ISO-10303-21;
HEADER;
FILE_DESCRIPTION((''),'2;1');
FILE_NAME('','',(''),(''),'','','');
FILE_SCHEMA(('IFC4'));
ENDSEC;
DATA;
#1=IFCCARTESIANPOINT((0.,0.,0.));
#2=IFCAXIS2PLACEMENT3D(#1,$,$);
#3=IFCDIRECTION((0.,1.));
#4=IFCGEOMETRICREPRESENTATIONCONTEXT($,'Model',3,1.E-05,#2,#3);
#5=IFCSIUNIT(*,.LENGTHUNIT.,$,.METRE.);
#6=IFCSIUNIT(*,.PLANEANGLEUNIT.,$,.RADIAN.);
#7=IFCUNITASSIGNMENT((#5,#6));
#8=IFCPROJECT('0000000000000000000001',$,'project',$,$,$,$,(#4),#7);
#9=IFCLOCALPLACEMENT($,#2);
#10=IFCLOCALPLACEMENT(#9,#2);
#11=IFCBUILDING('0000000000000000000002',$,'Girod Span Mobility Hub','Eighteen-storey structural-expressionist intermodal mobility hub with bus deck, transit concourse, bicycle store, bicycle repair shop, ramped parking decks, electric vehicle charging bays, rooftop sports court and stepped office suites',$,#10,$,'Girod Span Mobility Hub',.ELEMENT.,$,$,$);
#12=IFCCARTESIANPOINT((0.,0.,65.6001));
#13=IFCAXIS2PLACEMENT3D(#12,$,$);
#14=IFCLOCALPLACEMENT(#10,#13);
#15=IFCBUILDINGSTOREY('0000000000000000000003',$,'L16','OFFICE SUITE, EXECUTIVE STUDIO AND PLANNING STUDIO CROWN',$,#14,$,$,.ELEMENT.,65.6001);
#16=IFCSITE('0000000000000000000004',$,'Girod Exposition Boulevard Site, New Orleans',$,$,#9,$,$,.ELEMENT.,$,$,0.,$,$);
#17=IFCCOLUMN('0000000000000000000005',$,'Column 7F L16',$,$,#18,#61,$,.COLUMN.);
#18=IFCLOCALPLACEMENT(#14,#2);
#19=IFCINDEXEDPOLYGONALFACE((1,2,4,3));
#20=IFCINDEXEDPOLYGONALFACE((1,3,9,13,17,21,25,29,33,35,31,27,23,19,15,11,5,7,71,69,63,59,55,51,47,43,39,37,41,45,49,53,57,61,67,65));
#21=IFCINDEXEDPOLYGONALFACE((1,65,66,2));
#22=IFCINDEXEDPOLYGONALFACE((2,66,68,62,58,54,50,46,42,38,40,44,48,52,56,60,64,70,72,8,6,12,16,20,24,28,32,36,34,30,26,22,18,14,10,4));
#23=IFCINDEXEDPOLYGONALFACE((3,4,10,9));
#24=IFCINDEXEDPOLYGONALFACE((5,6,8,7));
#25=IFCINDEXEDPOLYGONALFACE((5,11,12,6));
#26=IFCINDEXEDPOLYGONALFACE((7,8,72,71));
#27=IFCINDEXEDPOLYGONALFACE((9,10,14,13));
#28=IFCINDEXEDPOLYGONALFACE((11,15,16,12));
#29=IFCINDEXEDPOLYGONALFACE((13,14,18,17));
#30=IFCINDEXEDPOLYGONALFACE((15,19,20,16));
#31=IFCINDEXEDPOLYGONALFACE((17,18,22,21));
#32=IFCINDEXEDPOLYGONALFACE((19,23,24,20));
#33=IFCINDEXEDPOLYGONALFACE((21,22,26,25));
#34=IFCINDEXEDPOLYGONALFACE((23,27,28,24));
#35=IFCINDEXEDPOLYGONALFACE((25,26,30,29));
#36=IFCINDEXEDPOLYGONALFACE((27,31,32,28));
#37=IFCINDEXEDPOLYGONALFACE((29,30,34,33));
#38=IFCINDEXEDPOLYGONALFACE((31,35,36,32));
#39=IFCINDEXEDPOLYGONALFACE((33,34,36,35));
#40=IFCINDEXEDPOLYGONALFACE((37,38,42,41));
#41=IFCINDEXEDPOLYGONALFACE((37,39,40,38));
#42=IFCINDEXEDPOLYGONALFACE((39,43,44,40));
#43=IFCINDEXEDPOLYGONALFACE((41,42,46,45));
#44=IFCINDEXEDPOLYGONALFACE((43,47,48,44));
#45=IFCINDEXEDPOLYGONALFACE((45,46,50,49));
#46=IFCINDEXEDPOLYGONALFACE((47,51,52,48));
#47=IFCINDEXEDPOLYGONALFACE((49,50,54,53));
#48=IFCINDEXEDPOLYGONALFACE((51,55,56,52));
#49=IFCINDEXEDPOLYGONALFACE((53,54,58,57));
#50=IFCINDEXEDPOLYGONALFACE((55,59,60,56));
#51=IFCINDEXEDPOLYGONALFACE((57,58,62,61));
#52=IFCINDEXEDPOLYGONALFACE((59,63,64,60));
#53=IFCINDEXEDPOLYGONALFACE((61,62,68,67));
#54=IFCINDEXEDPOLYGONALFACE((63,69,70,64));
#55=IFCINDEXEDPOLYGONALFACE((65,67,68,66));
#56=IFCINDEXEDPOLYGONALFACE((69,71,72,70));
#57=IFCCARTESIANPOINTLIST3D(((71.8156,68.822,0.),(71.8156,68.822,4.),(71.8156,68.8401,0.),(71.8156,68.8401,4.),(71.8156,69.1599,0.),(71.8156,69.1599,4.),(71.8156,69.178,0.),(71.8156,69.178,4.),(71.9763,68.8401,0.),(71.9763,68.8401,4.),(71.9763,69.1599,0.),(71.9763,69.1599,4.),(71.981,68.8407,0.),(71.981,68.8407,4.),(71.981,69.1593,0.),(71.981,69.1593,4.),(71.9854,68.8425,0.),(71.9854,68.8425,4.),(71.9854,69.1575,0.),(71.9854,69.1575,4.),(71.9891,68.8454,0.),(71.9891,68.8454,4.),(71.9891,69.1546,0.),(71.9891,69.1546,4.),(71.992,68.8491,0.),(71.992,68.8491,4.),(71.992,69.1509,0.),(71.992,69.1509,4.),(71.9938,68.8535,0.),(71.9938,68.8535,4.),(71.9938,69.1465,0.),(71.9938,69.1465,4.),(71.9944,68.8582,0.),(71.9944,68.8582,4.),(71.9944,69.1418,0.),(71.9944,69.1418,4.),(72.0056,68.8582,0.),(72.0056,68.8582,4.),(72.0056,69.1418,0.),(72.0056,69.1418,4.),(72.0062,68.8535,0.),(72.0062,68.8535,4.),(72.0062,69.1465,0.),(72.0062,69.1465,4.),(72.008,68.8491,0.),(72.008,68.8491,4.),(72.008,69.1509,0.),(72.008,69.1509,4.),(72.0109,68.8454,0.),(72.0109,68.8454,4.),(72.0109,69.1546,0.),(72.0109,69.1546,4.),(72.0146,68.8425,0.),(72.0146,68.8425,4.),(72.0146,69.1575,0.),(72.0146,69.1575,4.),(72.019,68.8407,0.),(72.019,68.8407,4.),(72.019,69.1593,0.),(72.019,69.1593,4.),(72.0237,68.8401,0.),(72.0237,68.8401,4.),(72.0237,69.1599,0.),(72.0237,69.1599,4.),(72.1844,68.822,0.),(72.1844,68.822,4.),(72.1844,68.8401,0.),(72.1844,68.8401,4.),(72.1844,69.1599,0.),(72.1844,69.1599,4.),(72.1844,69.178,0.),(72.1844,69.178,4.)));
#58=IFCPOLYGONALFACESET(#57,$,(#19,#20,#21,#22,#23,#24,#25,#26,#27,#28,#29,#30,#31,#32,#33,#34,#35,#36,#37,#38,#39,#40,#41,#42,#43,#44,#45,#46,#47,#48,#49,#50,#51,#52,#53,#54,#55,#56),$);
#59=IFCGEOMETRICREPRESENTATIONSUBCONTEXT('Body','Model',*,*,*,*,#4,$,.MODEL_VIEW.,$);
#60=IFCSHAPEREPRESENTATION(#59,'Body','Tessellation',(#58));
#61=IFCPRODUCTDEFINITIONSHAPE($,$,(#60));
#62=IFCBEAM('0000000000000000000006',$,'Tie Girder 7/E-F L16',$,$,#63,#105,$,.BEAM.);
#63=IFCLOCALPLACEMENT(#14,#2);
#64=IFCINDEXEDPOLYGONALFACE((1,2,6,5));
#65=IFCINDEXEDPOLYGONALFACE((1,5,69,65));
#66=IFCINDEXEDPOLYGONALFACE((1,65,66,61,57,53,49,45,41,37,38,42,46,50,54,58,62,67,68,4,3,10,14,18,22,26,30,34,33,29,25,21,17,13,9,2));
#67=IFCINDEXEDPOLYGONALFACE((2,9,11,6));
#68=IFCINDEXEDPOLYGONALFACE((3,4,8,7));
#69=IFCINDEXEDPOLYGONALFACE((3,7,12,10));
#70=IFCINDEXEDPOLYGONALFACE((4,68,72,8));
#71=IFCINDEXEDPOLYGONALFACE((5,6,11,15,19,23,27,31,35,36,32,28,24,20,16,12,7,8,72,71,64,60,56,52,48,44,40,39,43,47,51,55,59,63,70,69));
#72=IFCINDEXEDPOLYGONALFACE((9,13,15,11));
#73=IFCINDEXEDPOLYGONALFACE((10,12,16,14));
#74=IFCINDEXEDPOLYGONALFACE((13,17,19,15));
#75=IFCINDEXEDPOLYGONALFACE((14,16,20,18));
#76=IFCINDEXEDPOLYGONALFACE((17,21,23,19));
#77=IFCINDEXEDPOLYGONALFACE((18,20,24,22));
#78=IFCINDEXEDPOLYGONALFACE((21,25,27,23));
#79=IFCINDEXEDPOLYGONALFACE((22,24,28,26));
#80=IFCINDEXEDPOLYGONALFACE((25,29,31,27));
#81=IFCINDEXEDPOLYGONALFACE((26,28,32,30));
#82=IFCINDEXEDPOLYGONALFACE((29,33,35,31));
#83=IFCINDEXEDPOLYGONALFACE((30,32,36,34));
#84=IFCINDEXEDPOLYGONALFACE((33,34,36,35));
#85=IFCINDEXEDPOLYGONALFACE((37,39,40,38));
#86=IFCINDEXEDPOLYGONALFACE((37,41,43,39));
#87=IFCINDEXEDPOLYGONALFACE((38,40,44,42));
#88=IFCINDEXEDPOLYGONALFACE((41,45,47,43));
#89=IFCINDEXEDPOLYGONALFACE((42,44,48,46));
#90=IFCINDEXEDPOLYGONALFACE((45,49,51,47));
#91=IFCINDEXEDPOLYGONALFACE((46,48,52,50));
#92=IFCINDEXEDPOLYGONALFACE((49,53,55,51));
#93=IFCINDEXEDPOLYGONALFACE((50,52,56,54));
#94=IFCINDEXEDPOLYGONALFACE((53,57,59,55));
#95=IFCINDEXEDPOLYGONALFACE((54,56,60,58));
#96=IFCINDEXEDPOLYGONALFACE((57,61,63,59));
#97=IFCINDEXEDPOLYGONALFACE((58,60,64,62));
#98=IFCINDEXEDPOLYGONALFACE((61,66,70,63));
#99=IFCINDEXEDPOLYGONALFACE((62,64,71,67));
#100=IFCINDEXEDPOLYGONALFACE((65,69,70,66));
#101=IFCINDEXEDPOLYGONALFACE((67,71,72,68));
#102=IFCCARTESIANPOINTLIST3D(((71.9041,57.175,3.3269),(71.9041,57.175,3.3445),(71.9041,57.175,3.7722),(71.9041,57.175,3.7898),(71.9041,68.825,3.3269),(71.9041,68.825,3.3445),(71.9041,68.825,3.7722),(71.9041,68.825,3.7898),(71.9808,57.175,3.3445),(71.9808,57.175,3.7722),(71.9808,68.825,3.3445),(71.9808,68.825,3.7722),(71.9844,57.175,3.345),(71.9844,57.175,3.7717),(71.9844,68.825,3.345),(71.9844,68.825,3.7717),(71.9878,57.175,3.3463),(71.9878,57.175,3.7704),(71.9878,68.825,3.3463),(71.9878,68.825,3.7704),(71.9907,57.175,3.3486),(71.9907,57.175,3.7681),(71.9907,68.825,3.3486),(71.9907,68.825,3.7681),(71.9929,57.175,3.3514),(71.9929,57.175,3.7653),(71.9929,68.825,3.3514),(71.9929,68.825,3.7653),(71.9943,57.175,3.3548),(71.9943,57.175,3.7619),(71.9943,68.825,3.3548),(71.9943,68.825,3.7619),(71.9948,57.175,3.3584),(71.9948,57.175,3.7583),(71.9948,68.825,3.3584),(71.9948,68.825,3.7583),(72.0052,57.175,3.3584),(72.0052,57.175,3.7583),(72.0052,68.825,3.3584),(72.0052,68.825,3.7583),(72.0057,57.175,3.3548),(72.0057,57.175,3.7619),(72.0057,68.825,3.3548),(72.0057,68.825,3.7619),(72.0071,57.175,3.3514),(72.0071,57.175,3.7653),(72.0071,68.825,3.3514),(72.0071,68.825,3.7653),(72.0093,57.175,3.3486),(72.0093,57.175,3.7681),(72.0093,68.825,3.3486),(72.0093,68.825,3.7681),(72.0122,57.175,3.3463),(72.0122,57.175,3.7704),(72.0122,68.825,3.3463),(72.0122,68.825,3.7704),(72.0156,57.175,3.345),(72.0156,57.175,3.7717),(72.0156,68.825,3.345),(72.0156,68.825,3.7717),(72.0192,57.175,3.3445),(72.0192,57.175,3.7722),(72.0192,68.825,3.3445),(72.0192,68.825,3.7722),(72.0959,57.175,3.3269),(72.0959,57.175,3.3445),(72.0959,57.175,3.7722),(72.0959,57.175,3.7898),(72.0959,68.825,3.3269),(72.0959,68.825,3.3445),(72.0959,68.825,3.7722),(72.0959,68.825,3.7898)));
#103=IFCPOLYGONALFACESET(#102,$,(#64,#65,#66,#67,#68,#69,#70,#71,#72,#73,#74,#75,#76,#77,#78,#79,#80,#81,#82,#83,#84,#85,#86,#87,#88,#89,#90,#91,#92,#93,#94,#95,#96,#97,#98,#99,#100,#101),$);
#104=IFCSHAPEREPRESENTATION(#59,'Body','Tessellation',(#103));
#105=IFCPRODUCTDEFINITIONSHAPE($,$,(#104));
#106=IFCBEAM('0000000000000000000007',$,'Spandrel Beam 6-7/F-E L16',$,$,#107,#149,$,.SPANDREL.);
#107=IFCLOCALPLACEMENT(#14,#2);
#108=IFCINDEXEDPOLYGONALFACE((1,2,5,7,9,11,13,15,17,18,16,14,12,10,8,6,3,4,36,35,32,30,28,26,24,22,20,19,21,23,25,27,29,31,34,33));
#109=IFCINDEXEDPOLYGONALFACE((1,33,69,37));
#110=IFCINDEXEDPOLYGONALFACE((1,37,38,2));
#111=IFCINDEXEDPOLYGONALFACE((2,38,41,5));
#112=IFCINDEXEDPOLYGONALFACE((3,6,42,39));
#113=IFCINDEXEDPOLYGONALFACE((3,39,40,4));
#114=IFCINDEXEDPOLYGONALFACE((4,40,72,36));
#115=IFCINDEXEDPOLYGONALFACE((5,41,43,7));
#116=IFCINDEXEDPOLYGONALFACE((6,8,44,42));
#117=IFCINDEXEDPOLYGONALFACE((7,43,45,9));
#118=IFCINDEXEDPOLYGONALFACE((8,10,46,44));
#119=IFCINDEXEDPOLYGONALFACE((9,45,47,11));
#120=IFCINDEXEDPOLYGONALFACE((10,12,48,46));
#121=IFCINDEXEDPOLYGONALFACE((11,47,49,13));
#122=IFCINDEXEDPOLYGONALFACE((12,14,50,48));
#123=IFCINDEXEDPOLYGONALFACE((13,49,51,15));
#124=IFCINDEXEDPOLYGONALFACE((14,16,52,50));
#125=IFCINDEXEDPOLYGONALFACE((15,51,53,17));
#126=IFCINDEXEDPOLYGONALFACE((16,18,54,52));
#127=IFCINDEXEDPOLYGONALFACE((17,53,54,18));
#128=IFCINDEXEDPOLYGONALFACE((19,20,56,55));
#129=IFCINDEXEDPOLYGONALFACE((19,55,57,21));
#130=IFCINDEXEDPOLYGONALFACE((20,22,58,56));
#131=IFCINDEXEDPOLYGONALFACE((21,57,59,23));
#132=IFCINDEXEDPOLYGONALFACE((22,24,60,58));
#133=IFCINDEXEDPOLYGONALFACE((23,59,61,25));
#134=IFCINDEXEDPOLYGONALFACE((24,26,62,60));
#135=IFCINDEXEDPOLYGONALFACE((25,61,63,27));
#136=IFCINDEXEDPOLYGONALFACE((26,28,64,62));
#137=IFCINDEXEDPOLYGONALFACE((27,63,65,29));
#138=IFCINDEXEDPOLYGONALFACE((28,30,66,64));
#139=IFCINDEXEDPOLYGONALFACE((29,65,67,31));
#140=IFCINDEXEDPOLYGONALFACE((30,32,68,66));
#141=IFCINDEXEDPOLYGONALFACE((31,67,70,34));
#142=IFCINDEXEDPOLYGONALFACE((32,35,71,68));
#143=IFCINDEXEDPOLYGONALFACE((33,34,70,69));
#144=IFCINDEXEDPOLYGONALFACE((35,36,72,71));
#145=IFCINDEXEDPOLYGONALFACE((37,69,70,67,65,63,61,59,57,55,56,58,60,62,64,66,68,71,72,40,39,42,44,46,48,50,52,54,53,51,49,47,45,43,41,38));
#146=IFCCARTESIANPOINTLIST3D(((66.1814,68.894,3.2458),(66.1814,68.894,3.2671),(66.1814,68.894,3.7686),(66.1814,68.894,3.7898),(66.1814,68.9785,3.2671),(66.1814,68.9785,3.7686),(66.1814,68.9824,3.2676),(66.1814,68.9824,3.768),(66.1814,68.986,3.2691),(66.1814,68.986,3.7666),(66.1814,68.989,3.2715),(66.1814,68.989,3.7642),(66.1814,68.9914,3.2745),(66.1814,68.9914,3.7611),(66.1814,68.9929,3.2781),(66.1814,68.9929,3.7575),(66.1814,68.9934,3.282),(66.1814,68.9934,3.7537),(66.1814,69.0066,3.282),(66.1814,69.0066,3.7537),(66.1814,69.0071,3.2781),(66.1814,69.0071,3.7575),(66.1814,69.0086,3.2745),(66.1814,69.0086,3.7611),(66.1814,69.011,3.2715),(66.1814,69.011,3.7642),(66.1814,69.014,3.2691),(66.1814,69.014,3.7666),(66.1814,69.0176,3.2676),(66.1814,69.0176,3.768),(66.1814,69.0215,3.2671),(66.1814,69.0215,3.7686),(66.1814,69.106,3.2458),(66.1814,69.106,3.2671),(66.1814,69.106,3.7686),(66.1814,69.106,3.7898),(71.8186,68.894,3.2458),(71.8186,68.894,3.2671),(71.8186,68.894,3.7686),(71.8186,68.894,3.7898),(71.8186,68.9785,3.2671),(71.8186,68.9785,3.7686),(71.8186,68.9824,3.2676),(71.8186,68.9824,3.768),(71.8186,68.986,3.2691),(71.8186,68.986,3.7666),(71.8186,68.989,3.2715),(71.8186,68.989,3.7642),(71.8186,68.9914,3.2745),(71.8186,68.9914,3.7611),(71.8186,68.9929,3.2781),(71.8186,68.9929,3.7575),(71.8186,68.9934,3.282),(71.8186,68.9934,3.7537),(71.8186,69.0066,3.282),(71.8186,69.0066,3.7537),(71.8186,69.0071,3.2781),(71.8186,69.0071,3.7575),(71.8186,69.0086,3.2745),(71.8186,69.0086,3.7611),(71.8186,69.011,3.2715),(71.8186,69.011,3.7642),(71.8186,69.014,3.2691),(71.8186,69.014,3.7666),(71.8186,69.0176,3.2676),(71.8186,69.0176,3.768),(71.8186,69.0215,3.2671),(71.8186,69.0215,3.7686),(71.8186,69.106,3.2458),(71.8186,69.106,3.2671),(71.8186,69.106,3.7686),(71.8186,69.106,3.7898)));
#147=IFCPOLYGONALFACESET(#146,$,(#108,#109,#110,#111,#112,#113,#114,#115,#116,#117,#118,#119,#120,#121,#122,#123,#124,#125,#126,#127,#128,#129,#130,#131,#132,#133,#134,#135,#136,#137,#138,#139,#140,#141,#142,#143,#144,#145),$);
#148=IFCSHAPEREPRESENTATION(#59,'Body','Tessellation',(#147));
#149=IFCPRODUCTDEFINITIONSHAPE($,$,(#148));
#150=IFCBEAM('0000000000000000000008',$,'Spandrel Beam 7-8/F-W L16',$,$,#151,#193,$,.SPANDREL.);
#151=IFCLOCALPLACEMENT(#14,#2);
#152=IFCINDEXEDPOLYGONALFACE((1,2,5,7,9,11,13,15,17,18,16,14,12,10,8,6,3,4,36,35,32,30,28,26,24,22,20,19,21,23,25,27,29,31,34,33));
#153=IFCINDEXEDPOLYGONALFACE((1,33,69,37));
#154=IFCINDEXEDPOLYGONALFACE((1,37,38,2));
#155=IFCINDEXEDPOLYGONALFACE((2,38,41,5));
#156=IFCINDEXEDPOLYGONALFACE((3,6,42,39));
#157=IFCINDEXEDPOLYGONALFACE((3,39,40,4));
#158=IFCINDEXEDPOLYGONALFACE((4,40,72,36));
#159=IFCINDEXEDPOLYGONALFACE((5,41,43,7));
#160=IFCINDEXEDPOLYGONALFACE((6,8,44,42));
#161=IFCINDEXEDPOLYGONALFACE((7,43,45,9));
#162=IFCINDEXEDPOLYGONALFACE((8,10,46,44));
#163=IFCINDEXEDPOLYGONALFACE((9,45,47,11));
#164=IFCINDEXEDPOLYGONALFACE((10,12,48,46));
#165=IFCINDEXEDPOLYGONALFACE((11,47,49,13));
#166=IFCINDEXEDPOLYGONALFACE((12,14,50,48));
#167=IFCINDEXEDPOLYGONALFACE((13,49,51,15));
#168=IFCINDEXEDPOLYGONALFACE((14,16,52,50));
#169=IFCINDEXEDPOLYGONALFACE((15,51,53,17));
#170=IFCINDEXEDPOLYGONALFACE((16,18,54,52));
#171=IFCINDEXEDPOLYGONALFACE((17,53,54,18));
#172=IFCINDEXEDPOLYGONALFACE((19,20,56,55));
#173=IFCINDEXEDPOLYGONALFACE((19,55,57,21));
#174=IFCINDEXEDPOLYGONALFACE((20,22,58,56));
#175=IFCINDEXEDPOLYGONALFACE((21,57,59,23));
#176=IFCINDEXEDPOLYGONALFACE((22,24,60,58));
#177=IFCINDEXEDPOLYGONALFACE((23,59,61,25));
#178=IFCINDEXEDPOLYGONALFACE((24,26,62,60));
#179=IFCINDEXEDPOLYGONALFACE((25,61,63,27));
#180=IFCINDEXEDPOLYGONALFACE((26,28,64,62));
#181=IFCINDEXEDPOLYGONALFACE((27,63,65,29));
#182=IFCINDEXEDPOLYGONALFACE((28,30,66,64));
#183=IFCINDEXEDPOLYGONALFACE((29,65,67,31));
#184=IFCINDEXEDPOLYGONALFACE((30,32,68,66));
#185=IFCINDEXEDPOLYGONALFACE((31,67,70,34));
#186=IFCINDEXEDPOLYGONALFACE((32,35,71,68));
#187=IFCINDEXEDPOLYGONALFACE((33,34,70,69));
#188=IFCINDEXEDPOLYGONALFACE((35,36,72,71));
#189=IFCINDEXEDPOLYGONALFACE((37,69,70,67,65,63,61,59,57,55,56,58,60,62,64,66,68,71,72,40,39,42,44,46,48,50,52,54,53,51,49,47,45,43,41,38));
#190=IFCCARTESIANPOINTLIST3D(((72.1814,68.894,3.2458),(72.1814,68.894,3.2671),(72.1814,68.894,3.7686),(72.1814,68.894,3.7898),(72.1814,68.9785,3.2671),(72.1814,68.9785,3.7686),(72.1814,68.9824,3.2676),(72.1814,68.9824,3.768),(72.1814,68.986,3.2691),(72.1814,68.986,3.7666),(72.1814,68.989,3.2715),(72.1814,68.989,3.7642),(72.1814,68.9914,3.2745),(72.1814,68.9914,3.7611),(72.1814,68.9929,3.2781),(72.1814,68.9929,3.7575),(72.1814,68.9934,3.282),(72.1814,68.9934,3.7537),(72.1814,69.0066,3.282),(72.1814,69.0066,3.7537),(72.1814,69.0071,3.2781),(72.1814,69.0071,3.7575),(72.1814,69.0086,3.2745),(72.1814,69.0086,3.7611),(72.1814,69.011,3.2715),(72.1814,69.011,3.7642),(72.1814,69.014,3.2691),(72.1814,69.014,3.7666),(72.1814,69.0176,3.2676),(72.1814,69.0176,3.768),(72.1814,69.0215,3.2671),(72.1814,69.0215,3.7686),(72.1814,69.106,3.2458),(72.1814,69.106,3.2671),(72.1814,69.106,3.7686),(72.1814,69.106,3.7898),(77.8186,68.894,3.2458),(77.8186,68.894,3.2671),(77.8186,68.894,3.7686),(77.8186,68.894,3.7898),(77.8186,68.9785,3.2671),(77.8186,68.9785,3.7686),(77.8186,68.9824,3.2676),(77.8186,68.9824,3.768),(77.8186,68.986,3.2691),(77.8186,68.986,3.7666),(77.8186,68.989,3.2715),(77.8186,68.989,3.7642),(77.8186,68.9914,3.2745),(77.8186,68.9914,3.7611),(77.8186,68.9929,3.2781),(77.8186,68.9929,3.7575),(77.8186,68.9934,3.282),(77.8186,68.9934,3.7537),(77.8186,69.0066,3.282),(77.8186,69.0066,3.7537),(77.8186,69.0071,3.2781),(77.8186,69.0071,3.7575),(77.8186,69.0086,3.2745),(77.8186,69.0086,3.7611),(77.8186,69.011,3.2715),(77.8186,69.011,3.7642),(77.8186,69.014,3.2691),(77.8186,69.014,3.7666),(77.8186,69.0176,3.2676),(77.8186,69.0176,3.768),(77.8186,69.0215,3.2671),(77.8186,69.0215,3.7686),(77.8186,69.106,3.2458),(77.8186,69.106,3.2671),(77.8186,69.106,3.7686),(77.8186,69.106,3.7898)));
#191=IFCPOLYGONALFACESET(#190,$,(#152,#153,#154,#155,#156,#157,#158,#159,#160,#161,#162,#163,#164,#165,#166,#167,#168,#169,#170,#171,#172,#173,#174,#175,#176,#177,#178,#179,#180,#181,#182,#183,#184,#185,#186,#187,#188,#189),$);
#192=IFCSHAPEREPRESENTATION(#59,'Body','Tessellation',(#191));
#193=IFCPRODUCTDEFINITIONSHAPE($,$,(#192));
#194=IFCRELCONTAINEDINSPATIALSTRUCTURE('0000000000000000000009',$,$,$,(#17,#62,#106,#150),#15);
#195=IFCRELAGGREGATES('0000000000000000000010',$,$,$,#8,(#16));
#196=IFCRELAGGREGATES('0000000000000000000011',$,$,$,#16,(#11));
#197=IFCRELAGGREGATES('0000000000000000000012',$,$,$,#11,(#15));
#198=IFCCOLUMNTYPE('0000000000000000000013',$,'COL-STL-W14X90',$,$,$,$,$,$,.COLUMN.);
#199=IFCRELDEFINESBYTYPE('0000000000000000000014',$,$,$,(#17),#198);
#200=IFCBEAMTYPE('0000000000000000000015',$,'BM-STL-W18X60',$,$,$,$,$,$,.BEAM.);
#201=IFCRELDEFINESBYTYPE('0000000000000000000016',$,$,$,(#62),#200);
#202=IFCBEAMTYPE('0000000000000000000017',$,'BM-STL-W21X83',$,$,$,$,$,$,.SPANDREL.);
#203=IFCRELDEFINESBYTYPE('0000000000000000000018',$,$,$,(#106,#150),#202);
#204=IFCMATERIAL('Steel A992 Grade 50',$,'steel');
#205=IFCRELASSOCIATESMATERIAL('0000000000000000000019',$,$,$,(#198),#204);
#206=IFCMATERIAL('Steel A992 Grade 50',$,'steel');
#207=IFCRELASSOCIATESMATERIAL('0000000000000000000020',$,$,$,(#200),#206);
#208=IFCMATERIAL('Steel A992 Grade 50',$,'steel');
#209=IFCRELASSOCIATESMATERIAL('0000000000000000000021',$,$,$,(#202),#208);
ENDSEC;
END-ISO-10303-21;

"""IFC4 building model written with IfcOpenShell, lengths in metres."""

from ifc_helpers import new_model, si_unit, direction, frame, origin, origin_2d, place, context, subcontext, project, spatial, i_section, extrude, material, material_profile, profile_set, type_object, element, save


model = new_model("IFC4")

# Units and contexts
model_context = context("Model", 3, precision=1e-05, world=origin(), true_north=direction((0.0, 1.0)))
body_context = subcontext(model_context, "Body", "Model", "MODEL_VIEW")
ifc_project = project(units=[si_unit("LENGTHUNIT", "METRE"), si_unit("PLANEANGLEUNIT", "RADIAN")], contexts=[model_context])

# Site, building, storey
site_placement = place(None, origin())
site = spatial("IfcSite", under=ifc_project, at=site_placement, Name="Girod Exposition Boulevard Site, New Orleans", CompositionType="ELEMENT", RefElevation=0.0)
building_placement = place(site_placement, origin())
building = spatial("IfcBuilding", under=site, at=building_placement, Name="Girod Span Mobility Hub", Description="Eighteen-storey structural-expressionist intermodal mobility hub with bus deck, transit concourse, bicycle store, bicycle repair shop, ramped parking decks, electric vehicle charging bays, rooftop sports court and stepped office suites", LongName="Girod Span Mobility Hub", CompositionType="ELEMENT")
storey_placement = place(building_placement, frame((0.0, 0.0, 65.6001)))
storey = spatial("IfcBuildingStorey", under=building, at=storey_placement, Name="L16", Description="OFFICE SUITE, EXECUTIVE STUDIO AND PLANNING STUDIO CROWN", CompositionType="ELEMENT", Elevation=65.6001)

# Column
ifc_material_1 = material(Name="Steel A992 Grade 50", Category="steel")
ifc_material_profile_1 = material_profile(ifc_material_1, i_section(OverallWidth=0.3689, OverallDepth=0.356, WebThickness=0.0112, FlangeThickness=0.0181, FilletRadius=0.0181, at=origin_2d()), Name="W14X90")
ifc_profile_set_1 = profile_set([ifc_material_profile_1], Name="Steel A992 Grade 50")
column_type = type_object("IfcColumnType", Name="COL-STL-W14X90", PredefinedType="COLUMN", material=ifc_profile_set_1)
column_placement = place(storey_placement, frame((72.0, 69.0, 0.0), z_axis=(0.0, 0.0, 1.0), x_axis=(1.0, 0.0, 0.0)))
element("IfcColumn", 1, at=column_placement, inside=storey, type_object=column_type, Name="Column 7F L16", PredefinedType="COLUMN", context=body_context, shape_type="SweptSolid", body=[
    extrude(i_section(OverallWidth=0.3689, OverallDepth=0.356, WebThickness=0.0112, FlangeThickness=0.0181, FilletRadius=0.0181, at=origin_2d()), origin(), (0.0, 0.0, 1.0), 4.0),
])

# Beams
ifc_material_2 = material(Name="Steel A992 Grade 50", Category="steel")
ifc_material_profile_2 = material_profile(ifc_material_2, i_section(OverallWidth=0.1919, OverallDepth=0.4629, WebThickness=0.0105, FlangeThickness=0.0176, FilletRadius=0.0139, at=origin_2d()), Name="W18X60")
ifc_profile_set_2 = profile_set([ifc_material_profile_2], Name="Steel A992 Grade 50")
beam_type_1 = type_object("IfcBeamType", Name="BM-STL-W18X60", PredefinedType="BEAM", material=ifc_profile_set_2)
beam_placement = place(storey_placement, frame((72.0, 57.175, 3.5583), z_axis=(0.0, 1.0, 0.0), x_axis=(-1.0, 0.0, 0.0)))
element("IfcBeam", 2, at=beam_placement, inside=storey, type_object=beam_type_1, Name="Tie Girder 7/E-F L16", PredefinedType="BEAM", context=body_context, shape_type="SweptSolid", body=[
    extrude(i_section(OverallWidth=0.1919, OverallDepth=0.4629, WebThickness=0.0105, FlangeThickness=0.0176, FilletRadius=0.0139, at=origin_2d()), origin(), (0.0, 0.0, 1.0), 11.6499),
])
ifc_material_3 = material(Name="Steel A992 Grade 50", Category="steel")
ifc_material_profile_3 = material_profile(ifc_material_3, i_section(OverallWidth=0.2119, OverallDepth=0.5439, WebThickness=0.0132, FlangeThickness=0.0212, FilletRadius=0.0149, at=origin_2d()), Name="W21X83")
ifc_profile_set_3 = profile_set([ifc_material_profile_3], Name="Steel A992 Grade 50")
beam_type_2 = type_object("IfcBeamType", Name="BM-STL-W21X83", PredefinedType="SPANDREL", material=ifc_profile_set_3)
for number, where, z_axis, x_axis, name in (
    (3, (66.1814, 69.0, 3.5178), (1.0, 0.0, 0.0), (0.0, 1.0, 0.0), "Spandrel Beam 6-7/F-E L16"),
    (4, (72.1814, 69.0, 3.5178), (1.0, 0.0, 0.0), (0.0, 1.0, 0.0), "Spandrel Beam 7-8/F-W L16"),
):
    element("IfcBeam", number, at=place(storey_placement, frame(where, z_axis=z_axis, x_axis=x_axis)), inside=storey, type_object=beam_type_2, Name=name, PredefinedType="SPANDREL", context=body_context, shape_type="SweptSolid", body=[
        extrude(i_section(OverallWidth=0.2119, OverallDepth=0.5439, WebThickness=0.0132, FlangeThickness=0.0212, FilletRadius=0.0149, at=origin_2d()), origin(), (0.0, 0.0, 1.0), 5.6372),
    ])

save(model, "model.ifc")
